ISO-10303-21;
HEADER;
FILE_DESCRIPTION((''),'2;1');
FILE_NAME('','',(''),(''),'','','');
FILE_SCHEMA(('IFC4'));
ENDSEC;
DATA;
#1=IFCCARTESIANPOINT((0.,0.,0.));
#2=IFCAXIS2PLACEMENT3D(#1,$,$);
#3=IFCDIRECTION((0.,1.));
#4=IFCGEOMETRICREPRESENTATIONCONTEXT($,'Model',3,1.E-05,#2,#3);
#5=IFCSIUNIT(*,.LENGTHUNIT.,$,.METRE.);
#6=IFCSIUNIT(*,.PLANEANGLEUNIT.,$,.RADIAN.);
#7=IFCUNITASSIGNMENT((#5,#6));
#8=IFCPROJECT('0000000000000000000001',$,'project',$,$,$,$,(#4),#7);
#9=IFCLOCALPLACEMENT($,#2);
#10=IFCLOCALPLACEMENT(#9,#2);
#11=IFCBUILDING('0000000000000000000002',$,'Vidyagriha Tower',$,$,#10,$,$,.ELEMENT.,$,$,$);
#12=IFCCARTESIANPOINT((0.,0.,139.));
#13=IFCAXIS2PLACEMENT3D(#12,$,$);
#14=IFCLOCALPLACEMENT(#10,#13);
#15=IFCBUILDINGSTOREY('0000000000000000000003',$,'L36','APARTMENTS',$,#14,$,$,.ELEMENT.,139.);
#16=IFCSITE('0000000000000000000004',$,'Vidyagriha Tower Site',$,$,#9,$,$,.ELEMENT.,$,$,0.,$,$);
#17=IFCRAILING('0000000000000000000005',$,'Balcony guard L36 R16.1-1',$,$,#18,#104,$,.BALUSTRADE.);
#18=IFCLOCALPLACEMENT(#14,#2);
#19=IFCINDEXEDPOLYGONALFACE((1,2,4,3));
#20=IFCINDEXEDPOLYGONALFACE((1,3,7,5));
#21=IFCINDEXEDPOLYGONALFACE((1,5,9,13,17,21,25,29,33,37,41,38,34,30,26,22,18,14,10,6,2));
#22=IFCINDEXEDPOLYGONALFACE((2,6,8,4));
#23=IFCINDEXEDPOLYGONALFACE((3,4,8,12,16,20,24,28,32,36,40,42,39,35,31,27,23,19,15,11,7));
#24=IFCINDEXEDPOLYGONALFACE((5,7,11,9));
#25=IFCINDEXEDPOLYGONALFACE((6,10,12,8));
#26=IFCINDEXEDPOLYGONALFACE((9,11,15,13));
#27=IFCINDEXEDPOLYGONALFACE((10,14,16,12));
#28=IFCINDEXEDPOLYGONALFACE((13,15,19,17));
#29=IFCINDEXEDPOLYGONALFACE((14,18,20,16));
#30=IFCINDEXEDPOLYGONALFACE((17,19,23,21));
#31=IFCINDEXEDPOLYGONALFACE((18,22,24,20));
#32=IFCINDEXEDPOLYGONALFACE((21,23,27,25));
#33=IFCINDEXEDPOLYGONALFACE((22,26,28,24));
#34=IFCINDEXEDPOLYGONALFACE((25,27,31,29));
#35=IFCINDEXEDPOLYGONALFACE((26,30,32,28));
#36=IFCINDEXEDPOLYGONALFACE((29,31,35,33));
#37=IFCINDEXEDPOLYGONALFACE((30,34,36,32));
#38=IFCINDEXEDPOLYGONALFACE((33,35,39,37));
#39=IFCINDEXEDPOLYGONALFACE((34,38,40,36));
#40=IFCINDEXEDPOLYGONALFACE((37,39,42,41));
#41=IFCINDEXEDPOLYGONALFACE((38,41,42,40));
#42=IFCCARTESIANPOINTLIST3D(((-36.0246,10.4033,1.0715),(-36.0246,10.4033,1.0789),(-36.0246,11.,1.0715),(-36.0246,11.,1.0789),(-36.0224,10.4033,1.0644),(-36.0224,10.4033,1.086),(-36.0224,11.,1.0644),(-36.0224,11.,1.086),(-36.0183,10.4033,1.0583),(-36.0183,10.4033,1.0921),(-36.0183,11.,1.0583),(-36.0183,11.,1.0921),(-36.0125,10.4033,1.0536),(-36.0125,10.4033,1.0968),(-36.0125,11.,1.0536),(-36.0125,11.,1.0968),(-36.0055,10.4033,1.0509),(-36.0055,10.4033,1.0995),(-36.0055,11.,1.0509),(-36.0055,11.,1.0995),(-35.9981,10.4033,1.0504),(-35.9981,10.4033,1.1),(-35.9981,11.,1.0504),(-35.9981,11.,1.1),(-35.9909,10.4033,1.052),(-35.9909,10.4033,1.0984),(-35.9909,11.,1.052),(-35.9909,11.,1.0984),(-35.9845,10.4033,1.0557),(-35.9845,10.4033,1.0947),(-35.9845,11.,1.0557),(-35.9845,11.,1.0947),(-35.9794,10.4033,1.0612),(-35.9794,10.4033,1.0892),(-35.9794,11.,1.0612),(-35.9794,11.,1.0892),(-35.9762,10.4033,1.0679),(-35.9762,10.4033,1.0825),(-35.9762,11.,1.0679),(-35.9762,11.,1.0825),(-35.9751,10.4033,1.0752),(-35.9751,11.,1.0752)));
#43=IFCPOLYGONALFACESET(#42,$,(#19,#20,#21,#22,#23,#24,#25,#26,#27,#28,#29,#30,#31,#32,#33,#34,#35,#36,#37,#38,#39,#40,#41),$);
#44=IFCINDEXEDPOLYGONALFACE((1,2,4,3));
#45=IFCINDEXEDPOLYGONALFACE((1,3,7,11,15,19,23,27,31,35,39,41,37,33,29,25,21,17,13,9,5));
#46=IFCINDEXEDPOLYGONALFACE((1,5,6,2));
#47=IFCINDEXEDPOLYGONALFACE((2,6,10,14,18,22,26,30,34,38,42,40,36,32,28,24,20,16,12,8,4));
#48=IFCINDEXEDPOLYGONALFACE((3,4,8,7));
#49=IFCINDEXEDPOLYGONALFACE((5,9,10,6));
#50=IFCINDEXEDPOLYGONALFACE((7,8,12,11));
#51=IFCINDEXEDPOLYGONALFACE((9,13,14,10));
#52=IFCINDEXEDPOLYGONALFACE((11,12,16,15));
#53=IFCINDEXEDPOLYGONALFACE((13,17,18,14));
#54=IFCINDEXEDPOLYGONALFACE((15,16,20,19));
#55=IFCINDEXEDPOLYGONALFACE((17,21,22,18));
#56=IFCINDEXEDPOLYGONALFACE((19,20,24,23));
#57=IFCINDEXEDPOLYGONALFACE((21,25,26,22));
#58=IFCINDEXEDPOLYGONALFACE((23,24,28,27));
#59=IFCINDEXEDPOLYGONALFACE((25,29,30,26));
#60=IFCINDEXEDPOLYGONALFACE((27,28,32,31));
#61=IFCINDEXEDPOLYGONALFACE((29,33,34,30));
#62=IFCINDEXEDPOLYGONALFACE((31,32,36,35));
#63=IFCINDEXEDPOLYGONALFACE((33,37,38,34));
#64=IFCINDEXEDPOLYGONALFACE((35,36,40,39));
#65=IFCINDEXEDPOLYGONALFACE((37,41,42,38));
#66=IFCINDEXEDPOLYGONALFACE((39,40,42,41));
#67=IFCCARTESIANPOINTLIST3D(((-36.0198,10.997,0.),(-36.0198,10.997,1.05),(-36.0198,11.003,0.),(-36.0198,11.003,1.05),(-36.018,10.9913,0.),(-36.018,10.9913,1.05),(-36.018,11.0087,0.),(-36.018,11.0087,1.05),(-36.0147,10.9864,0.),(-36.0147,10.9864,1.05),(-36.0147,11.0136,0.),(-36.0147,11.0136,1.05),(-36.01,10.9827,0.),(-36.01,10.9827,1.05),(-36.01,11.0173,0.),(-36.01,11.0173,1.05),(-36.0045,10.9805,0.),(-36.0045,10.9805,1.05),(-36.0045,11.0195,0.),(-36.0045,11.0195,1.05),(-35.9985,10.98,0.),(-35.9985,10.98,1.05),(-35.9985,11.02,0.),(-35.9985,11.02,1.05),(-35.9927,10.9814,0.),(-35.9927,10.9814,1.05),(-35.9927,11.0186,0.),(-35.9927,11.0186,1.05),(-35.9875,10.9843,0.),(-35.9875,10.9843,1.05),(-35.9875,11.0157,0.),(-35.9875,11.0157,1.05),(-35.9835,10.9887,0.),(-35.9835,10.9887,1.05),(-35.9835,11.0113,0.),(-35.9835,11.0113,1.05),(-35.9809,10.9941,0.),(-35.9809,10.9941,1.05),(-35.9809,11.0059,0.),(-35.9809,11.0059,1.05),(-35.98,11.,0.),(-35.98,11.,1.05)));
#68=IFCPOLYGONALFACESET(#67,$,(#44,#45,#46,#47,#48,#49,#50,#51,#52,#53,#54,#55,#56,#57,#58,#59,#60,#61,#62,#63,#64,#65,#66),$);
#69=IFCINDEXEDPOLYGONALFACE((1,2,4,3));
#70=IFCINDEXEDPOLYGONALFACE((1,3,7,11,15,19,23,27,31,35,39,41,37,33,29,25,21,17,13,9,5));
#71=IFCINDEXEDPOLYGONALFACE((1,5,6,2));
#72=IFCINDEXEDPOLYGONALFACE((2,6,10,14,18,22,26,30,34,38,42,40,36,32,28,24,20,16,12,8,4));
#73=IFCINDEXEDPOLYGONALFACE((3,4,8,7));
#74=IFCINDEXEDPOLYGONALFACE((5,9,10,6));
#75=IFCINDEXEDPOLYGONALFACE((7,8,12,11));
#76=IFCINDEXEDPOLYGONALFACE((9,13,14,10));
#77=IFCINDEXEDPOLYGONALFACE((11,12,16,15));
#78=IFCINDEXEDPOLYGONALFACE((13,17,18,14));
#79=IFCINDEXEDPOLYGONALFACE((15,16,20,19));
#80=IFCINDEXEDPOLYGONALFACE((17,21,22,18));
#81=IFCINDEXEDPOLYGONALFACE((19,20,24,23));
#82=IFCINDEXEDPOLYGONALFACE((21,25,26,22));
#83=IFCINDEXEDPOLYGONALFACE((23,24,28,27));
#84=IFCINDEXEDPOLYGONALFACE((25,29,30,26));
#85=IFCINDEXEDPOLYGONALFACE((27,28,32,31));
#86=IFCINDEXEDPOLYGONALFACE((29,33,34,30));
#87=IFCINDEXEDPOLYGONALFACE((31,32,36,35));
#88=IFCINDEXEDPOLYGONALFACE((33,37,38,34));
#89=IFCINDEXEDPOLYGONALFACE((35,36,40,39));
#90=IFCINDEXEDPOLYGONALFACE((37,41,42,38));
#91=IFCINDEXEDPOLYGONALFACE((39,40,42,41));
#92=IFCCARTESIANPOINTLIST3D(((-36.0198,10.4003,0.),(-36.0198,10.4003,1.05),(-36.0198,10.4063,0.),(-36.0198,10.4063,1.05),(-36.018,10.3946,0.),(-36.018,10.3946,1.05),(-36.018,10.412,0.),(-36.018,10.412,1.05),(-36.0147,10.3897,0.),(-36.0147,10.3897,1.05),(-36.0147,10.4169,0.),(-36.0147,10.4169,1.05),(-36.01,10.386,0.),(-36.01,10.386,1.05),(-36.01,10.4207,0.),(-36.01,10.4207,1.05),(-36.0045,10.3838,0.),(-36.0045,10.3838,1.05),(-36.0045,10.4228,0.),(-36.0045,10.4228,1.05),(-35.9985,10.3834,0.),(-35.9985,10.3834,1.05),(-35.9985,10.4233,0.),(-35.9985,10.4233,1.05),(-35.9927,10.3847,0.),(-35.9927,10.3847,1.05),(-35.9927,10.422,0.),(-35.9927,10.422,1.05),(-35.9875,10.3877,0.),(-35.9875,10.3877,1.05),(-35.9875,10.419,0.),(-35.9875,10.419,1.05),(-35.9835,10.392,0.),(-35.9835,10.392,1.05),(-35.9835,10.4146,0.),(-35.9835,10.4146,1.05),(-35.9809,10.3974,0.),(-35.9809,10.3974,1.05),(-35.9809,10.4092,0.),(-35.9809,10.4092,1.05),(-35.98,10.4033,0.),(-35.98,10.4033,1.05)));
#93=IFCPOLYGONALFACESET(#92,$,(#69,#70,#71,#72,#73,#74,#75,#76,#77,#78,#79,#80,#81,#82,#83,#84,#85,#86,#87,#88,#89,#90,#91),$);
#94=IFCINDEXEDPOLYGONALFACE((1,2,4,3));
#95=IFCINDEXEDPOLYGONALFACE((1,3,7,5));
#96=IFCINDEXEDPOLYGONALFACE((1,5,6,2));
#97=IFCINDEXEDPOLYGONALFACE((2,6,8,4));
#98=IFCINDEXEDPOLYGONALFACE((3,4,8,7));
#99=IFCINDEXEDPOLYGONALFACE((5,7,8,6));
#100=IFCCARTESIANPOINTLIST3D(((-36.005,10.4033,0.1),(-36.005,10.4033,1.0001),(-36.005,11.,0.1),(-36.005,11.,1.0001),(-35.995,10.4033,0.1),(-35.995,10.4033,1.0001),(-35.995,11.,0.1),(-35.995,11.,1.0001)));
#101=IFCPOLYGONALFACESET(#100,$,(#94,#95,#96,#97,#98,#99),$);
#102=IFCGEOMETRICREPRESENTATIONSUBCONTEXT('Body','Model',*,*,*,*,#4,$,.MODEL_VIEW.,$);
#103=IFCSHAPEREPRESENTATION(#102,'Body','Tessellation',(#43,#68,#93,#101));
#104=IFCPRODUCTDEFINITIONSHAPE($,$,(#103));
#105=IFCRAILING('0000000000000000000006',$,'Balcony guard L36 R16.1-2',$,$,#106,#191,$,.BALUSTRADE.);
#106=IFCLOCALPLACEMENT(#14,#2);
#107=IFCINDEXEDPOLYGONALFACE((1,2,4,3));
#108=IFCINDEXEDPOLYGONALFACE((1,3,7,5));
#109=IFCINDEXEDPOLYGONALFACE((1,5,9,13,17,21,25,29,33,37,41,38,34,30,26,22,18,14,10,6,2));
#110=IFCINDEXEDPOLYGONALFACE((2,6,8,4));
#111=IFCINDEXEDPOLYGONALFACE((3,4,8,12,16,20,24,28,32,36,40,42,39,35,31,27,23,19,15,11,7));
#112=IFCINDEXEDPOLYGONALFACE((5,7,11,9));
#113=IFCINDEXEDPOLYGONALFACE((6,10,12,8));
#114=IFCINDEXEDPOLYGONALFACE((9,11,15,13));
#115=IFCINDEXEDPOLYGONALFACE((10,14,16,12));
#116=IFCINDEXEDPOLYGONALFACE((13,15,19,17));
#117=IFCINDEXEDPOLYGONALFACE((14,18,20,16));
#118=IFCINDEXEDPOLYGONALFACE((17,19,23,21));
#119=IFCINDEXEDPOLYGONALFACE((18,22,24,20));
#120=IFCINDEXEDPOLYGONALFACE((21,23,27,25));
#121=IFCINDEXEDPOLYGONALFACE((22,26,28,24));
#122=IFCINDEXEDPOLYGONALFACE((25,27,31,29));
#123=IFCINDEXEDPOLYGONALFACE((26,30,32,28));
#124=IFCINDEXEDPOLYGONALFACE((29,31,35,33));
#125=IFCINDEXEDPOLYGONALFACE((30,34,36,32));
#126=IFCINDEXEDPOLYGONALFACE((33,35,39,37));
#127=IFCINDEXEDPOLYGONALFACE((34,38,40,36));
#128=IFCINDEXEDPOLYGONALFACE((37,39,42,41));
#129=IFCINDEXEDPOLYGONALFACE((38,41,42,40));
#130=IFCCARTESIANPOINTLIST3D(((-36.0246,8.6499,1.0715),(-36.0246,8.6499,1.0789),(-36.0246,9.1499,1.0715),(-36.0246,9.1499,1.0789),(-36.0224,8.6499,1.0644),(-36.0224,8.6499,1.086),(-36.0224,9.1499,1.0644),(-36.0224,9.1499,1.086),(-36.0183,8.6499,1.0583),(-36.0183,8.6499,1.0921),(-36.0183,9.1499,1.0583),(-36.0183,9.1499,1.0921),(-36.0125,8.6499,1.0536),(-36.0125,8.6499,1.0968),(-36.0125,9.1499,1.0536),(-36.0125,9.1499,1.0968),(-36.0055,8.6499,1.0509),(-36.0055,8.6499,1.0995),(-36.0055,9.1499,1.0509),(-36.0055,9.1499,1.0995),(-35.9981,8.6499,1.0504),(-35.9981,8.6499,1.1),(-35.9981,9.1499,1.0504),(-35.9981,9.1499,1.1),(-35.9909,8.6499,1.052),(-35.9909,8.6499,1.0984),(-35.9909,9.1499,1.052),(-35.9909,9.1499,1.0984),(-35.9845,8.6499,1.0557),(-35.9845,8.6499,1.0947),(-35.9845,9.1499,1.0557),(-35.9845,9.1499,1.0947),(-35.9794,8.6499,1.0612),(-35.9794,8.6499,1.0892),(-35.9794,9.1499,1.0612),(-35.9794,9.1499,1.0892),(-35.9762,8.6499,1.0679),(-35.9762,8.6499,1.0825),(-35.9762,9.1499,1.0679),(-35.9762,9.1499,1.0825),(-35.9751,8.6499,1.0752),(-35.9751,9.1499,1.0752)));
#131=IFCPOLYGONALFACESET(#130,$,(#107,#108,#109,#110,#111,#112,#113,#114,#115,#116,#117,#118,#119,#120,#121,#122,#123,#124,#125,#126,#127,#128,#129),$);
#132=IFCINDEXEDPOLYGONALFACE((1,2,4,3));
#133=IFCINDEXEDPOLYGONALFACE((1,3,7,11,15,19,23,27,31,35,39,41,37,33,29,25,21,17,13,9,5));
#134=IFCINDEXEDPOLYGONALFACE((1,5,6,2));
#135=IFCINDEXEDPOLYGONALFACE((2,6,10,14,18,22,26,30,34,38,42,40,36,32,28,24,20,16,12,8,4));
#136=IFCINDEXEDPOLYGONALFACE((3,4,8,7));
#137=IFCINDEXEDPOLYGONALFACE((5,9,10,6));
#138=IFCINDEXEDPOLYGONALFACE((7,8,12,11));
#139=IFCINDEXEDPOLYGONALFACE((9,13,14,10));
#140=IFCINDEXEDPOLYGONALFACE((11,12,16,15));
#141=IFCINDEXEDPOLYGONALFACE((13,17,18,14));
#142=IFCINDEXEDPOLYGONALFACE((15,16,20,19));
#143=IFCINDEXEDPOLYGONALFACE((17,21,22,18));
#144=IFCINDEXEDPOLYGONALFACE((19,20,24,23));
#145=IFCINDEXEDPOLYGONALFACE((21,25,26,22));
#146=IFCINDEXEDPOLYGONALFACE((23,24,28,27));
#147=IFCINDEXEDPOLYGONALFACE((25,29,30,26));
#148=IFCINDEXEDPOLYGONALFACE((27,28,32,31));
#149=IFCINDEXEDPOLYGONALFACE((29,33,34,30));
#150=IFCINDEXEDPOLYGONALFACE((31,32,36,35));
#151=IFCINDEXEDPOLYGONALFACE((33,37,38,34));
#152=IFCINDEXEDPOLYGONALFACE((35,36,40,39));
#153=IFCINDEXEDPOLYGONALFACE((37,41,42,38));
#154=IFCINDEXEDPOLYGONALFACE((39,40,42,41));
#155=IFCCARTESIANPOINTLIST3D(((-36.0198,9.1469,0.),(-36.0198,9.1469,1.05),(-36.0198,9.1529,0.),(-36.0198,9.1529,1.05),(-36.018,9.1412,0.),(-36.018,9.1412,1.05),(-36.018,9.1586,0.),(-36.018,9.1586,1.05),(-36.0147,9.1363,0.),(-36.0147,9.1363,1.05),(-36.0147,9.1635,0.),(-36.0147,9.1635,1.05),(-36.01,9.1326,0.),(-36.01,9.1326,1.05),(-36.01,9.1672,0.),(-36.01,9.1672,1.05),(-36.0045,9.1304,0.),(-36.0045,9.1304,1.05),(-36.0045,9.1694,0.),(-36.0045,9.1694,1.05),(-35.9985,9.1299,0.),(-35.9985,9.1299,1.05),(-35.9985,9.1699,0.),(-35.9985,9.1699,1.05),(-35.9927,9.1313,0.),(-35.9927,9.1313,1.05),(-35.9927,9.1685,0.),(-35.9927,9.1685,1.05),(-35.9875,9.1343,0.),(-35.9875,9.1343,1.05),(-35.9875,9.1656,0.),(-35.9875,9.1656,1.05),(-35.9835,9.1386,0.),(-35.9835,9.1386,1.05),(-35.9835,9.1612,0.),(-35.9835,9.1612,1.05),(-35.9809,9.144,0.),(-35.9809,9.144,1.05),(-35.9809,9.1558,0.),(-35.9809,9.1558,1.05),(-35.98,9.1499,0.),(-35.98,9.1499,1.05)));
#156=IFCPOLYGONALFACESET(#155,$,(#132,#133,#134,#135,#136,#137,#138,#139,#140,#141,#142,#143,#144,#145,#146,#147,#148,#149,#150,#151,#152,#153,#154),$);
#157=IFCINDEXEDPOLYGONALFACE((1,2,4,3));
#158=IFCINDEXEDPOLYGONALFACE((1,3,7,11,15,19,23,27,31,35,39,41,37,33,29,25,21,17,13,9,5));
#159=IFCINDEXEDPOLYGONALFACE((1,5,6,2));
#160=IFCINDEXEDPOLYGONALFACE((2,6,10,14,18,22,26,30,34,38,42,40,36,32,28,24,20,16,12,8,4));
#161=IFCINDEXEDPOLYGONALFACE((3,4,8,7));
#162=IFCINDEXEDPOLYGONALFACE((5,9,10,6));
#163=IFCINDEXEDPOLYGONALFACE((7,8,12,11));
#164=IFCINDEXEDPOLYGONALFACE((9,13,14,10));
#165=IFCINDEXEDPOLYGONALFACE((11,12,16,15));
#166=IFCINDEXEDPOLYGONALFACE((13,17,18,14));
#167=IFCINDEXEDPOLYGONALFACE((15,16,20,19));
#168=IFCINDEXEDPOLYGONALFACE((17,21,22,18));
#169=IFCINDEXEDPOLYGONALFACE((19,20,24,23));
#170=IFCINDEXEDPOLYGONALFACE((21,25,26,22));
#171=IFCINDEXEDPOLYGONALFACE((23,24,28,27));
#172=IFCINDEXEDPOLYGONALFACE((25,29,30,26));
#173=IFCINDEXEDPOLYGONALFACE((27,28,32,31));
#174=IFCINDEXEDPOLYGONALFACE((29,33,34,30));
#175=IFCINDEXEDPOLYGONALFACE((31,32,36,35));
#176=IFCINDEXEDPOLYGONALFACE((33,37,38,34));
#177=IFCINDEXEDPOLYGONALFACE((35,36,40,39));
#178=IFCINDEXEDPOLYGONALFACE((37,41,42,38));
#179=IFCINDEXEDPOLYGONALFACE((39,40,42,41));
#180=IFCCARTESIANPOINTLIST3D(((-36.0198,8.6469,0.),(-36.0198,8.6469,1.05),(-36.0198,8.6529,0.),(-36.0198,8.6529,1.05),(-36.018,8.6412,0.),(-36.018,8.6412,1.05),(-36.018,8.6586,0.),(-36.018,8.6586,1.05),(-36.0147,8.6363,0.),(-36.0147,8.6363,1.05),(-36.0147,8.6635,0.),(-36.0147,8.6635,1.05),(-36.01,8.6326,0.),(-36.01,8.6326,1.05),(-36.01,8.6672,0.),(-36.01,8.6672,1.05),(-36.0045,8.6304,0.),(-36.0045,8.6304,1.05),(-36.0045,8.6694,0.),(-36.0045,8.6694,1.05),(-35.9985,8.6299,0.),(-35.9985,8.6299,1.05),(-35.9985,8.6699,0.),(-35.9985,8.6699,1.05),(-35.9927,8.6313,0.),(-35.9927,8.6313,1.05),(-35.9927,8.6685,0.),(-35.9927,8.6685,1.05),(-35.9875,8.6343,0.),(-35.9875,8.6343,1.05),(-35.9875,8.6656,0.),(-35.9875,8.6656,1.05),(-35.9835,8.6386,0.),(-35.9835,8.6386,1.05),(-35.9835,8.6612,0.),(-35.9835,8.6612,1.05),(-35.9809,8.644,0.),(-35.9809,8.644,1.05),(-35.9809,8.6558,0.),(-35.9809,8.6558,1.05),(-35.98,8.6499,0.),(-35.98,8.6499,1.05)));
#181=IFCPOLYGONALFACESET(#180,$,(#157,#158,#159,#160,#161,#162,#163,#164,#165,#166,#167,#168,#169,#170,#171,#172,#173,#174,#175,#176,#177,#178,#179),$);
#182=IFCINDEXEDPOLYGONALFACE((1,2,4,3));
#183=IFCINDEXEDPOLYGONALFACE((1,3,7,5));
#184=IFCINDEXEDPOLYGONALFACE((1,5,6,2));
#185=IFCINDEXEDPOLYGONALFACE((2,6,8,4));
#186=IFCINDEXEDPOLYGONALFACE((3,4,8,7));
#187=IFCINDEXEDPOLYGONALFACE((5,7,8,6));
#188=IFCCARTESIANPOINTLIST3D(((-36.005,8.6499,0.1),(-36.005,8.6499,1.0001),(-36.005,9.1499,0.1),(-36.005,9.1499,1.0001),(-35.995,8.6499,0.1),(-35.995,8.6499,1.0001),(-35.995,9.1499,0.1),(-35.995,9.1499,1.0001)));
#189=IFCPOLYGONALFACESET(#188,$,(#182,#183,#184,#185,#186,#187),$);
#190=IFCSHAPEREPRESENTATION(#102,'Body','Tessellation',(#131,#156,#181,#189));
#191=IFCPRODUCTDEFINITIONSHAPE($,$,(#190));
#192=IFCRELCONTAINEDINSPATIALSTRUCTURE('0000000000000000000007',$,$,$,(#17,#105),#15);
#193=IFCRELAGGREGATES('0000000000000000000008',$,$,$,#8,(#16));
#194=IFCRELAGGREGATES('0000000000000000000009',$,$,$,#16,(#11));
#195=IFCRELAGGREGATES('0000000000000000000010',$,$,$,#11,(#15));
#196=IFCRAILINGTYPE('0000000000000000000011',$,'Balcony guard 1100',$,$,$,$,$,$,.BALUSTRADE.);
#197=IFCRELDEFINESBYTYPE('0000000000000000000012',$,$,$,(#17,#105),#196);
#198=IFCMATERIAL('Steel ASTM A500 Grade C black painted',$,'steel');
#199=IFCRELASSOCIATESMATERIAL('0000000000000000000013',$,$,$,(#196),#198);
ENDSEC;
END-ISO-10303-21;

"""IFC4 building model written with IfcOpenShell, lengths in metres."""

from ifc_helpers import new_model, si_unit, direction, frame, origin, origin_2d, place, context, subcontext, project, spatial, rectangle, circle, extrude, material, type_object, element, save


model = new_model("IFC4")

# Units and contexts
model_context = context("Model", 3, precision=1e-05, world=origin(), true_north=direction((0.0, 1.0)))
body_context = subcontext(model_context, "Body", "Model", "MODEL_VIEW")
ifc_project = project(units=[si_unit("LENGTHUNIT", "METRE"), si_unit("PLANEANGLEUNIT", "RADIAN")], contexts=[model_context])

# Site, building, storey
site_placement = place(None, origin())
site = spatial("IfcSite", under=ifc_project, at=site_placement, Name="Vidyagriha Tower Site", CompositionType="ELEMENT", RefElevation=0.0)
building_placement = place(site_placement, origin())
building = spatial("IfcBuilding", under=site, at=building_placement, Name="Vidyagriha Tower", CompositionType="ELEMENT")
storey_placement = place(building_placement, frame((0.0, 0.0, 139.0)))
storey = spatial("IfcBuildingStorey", under=building, at=storey_placement, Name="L36", Description="APARTMENTS", CompositionType="ELEMENT", Elevation=139.0)

# Railings
ifc_material_1 = material(Name="Steel ASTM A500 Grade C black painted", Category="steel")
railing_type = type_object("IfcRailingType", Name="Balcony guard 1100", PredefinedType="BALUSTRADE", material=ifc_material_1)
railing_1_placement = place(storey_placement, frame((-36.0, 11.0, 0.0)))
element("IfcRailing", 1, at=railing_1_placement, inside=storey, type_object=railing_type, Name="Balcony guard L36 R16.1-1", PredefinedType="BALUSTRADE", context=body_context, shape_type="SweptSolid", body=[
    extrude(circle(Radius=0.0249, at=origin_2d()), frame((0.0, 0.0, 1.0752), z_axis=(0.0, -1.0, 0.0), x_axis=(1.0, 0.0, 0.0)), (0.0, 0.0, 1.0), 0.5967),
    extrude(circle(Radius=0.02, at=origin_2d()), origin(), (0.0, 0.0, 1.0), 1.05),
    extrude(circle(Radius=0.02, at=origin_2d()), frame((0.0, -0.5967, 0.0)), (0.0, 0.0, 1.0), 1.05),
    extrude(rectangle(XDim=0.01, YDim=0.9001, at=origin_2d()), frame((0.0, 0.0, 0.55), z_axis=(0.0, -1.0, 0.0), x_axis=(1.0, 0.0, 0.0)), (0.0, 0.0, 1.0), 0.5967),
])
railing_2_placement = place(storey_placement, frame((-36.0, 9.1499, 0.0)))
element("IfcRailing", 2, at=railing_2_placement, inside=storey, type_object=railing_type, Name="Balcony guard L36 R16.1-2", PredefinedType="BALUSTRADE", context=body_context, shape_type="SweptSolid", body=[
    extrude(circle(Radius=0.0249, at=origin_2d()), frame((0.0, 0.0, 1.0752), z_axis=(0.0, -1.0, 0.0), x_axis=(1.0, 0.0, 0.0)), (0.0, 0.0, 1.0), 0.5),
    extrude(circle(Radius=0.02, at=origin_2d()), origin(), (0.0, 0.0, 1.0), 1.05),
    extrude(circle(Radius=0.02, at=origin_2d()), frame((0.0, -0.5, 0.0)), (0.0, 0.0, 1.0), 1.05),
    extrude(rectangle(XDim=0.01, YDim=0.9001, at=origin_2d()), frame((0.0, 0.0, 0.55), z_axis=(0.0, -1.0, 0.0), x_axis=(1.0, 0.0, 0.0)), (0.0, 0.0, 1.0), 0.5),
])

save(model, "model.ifc")
